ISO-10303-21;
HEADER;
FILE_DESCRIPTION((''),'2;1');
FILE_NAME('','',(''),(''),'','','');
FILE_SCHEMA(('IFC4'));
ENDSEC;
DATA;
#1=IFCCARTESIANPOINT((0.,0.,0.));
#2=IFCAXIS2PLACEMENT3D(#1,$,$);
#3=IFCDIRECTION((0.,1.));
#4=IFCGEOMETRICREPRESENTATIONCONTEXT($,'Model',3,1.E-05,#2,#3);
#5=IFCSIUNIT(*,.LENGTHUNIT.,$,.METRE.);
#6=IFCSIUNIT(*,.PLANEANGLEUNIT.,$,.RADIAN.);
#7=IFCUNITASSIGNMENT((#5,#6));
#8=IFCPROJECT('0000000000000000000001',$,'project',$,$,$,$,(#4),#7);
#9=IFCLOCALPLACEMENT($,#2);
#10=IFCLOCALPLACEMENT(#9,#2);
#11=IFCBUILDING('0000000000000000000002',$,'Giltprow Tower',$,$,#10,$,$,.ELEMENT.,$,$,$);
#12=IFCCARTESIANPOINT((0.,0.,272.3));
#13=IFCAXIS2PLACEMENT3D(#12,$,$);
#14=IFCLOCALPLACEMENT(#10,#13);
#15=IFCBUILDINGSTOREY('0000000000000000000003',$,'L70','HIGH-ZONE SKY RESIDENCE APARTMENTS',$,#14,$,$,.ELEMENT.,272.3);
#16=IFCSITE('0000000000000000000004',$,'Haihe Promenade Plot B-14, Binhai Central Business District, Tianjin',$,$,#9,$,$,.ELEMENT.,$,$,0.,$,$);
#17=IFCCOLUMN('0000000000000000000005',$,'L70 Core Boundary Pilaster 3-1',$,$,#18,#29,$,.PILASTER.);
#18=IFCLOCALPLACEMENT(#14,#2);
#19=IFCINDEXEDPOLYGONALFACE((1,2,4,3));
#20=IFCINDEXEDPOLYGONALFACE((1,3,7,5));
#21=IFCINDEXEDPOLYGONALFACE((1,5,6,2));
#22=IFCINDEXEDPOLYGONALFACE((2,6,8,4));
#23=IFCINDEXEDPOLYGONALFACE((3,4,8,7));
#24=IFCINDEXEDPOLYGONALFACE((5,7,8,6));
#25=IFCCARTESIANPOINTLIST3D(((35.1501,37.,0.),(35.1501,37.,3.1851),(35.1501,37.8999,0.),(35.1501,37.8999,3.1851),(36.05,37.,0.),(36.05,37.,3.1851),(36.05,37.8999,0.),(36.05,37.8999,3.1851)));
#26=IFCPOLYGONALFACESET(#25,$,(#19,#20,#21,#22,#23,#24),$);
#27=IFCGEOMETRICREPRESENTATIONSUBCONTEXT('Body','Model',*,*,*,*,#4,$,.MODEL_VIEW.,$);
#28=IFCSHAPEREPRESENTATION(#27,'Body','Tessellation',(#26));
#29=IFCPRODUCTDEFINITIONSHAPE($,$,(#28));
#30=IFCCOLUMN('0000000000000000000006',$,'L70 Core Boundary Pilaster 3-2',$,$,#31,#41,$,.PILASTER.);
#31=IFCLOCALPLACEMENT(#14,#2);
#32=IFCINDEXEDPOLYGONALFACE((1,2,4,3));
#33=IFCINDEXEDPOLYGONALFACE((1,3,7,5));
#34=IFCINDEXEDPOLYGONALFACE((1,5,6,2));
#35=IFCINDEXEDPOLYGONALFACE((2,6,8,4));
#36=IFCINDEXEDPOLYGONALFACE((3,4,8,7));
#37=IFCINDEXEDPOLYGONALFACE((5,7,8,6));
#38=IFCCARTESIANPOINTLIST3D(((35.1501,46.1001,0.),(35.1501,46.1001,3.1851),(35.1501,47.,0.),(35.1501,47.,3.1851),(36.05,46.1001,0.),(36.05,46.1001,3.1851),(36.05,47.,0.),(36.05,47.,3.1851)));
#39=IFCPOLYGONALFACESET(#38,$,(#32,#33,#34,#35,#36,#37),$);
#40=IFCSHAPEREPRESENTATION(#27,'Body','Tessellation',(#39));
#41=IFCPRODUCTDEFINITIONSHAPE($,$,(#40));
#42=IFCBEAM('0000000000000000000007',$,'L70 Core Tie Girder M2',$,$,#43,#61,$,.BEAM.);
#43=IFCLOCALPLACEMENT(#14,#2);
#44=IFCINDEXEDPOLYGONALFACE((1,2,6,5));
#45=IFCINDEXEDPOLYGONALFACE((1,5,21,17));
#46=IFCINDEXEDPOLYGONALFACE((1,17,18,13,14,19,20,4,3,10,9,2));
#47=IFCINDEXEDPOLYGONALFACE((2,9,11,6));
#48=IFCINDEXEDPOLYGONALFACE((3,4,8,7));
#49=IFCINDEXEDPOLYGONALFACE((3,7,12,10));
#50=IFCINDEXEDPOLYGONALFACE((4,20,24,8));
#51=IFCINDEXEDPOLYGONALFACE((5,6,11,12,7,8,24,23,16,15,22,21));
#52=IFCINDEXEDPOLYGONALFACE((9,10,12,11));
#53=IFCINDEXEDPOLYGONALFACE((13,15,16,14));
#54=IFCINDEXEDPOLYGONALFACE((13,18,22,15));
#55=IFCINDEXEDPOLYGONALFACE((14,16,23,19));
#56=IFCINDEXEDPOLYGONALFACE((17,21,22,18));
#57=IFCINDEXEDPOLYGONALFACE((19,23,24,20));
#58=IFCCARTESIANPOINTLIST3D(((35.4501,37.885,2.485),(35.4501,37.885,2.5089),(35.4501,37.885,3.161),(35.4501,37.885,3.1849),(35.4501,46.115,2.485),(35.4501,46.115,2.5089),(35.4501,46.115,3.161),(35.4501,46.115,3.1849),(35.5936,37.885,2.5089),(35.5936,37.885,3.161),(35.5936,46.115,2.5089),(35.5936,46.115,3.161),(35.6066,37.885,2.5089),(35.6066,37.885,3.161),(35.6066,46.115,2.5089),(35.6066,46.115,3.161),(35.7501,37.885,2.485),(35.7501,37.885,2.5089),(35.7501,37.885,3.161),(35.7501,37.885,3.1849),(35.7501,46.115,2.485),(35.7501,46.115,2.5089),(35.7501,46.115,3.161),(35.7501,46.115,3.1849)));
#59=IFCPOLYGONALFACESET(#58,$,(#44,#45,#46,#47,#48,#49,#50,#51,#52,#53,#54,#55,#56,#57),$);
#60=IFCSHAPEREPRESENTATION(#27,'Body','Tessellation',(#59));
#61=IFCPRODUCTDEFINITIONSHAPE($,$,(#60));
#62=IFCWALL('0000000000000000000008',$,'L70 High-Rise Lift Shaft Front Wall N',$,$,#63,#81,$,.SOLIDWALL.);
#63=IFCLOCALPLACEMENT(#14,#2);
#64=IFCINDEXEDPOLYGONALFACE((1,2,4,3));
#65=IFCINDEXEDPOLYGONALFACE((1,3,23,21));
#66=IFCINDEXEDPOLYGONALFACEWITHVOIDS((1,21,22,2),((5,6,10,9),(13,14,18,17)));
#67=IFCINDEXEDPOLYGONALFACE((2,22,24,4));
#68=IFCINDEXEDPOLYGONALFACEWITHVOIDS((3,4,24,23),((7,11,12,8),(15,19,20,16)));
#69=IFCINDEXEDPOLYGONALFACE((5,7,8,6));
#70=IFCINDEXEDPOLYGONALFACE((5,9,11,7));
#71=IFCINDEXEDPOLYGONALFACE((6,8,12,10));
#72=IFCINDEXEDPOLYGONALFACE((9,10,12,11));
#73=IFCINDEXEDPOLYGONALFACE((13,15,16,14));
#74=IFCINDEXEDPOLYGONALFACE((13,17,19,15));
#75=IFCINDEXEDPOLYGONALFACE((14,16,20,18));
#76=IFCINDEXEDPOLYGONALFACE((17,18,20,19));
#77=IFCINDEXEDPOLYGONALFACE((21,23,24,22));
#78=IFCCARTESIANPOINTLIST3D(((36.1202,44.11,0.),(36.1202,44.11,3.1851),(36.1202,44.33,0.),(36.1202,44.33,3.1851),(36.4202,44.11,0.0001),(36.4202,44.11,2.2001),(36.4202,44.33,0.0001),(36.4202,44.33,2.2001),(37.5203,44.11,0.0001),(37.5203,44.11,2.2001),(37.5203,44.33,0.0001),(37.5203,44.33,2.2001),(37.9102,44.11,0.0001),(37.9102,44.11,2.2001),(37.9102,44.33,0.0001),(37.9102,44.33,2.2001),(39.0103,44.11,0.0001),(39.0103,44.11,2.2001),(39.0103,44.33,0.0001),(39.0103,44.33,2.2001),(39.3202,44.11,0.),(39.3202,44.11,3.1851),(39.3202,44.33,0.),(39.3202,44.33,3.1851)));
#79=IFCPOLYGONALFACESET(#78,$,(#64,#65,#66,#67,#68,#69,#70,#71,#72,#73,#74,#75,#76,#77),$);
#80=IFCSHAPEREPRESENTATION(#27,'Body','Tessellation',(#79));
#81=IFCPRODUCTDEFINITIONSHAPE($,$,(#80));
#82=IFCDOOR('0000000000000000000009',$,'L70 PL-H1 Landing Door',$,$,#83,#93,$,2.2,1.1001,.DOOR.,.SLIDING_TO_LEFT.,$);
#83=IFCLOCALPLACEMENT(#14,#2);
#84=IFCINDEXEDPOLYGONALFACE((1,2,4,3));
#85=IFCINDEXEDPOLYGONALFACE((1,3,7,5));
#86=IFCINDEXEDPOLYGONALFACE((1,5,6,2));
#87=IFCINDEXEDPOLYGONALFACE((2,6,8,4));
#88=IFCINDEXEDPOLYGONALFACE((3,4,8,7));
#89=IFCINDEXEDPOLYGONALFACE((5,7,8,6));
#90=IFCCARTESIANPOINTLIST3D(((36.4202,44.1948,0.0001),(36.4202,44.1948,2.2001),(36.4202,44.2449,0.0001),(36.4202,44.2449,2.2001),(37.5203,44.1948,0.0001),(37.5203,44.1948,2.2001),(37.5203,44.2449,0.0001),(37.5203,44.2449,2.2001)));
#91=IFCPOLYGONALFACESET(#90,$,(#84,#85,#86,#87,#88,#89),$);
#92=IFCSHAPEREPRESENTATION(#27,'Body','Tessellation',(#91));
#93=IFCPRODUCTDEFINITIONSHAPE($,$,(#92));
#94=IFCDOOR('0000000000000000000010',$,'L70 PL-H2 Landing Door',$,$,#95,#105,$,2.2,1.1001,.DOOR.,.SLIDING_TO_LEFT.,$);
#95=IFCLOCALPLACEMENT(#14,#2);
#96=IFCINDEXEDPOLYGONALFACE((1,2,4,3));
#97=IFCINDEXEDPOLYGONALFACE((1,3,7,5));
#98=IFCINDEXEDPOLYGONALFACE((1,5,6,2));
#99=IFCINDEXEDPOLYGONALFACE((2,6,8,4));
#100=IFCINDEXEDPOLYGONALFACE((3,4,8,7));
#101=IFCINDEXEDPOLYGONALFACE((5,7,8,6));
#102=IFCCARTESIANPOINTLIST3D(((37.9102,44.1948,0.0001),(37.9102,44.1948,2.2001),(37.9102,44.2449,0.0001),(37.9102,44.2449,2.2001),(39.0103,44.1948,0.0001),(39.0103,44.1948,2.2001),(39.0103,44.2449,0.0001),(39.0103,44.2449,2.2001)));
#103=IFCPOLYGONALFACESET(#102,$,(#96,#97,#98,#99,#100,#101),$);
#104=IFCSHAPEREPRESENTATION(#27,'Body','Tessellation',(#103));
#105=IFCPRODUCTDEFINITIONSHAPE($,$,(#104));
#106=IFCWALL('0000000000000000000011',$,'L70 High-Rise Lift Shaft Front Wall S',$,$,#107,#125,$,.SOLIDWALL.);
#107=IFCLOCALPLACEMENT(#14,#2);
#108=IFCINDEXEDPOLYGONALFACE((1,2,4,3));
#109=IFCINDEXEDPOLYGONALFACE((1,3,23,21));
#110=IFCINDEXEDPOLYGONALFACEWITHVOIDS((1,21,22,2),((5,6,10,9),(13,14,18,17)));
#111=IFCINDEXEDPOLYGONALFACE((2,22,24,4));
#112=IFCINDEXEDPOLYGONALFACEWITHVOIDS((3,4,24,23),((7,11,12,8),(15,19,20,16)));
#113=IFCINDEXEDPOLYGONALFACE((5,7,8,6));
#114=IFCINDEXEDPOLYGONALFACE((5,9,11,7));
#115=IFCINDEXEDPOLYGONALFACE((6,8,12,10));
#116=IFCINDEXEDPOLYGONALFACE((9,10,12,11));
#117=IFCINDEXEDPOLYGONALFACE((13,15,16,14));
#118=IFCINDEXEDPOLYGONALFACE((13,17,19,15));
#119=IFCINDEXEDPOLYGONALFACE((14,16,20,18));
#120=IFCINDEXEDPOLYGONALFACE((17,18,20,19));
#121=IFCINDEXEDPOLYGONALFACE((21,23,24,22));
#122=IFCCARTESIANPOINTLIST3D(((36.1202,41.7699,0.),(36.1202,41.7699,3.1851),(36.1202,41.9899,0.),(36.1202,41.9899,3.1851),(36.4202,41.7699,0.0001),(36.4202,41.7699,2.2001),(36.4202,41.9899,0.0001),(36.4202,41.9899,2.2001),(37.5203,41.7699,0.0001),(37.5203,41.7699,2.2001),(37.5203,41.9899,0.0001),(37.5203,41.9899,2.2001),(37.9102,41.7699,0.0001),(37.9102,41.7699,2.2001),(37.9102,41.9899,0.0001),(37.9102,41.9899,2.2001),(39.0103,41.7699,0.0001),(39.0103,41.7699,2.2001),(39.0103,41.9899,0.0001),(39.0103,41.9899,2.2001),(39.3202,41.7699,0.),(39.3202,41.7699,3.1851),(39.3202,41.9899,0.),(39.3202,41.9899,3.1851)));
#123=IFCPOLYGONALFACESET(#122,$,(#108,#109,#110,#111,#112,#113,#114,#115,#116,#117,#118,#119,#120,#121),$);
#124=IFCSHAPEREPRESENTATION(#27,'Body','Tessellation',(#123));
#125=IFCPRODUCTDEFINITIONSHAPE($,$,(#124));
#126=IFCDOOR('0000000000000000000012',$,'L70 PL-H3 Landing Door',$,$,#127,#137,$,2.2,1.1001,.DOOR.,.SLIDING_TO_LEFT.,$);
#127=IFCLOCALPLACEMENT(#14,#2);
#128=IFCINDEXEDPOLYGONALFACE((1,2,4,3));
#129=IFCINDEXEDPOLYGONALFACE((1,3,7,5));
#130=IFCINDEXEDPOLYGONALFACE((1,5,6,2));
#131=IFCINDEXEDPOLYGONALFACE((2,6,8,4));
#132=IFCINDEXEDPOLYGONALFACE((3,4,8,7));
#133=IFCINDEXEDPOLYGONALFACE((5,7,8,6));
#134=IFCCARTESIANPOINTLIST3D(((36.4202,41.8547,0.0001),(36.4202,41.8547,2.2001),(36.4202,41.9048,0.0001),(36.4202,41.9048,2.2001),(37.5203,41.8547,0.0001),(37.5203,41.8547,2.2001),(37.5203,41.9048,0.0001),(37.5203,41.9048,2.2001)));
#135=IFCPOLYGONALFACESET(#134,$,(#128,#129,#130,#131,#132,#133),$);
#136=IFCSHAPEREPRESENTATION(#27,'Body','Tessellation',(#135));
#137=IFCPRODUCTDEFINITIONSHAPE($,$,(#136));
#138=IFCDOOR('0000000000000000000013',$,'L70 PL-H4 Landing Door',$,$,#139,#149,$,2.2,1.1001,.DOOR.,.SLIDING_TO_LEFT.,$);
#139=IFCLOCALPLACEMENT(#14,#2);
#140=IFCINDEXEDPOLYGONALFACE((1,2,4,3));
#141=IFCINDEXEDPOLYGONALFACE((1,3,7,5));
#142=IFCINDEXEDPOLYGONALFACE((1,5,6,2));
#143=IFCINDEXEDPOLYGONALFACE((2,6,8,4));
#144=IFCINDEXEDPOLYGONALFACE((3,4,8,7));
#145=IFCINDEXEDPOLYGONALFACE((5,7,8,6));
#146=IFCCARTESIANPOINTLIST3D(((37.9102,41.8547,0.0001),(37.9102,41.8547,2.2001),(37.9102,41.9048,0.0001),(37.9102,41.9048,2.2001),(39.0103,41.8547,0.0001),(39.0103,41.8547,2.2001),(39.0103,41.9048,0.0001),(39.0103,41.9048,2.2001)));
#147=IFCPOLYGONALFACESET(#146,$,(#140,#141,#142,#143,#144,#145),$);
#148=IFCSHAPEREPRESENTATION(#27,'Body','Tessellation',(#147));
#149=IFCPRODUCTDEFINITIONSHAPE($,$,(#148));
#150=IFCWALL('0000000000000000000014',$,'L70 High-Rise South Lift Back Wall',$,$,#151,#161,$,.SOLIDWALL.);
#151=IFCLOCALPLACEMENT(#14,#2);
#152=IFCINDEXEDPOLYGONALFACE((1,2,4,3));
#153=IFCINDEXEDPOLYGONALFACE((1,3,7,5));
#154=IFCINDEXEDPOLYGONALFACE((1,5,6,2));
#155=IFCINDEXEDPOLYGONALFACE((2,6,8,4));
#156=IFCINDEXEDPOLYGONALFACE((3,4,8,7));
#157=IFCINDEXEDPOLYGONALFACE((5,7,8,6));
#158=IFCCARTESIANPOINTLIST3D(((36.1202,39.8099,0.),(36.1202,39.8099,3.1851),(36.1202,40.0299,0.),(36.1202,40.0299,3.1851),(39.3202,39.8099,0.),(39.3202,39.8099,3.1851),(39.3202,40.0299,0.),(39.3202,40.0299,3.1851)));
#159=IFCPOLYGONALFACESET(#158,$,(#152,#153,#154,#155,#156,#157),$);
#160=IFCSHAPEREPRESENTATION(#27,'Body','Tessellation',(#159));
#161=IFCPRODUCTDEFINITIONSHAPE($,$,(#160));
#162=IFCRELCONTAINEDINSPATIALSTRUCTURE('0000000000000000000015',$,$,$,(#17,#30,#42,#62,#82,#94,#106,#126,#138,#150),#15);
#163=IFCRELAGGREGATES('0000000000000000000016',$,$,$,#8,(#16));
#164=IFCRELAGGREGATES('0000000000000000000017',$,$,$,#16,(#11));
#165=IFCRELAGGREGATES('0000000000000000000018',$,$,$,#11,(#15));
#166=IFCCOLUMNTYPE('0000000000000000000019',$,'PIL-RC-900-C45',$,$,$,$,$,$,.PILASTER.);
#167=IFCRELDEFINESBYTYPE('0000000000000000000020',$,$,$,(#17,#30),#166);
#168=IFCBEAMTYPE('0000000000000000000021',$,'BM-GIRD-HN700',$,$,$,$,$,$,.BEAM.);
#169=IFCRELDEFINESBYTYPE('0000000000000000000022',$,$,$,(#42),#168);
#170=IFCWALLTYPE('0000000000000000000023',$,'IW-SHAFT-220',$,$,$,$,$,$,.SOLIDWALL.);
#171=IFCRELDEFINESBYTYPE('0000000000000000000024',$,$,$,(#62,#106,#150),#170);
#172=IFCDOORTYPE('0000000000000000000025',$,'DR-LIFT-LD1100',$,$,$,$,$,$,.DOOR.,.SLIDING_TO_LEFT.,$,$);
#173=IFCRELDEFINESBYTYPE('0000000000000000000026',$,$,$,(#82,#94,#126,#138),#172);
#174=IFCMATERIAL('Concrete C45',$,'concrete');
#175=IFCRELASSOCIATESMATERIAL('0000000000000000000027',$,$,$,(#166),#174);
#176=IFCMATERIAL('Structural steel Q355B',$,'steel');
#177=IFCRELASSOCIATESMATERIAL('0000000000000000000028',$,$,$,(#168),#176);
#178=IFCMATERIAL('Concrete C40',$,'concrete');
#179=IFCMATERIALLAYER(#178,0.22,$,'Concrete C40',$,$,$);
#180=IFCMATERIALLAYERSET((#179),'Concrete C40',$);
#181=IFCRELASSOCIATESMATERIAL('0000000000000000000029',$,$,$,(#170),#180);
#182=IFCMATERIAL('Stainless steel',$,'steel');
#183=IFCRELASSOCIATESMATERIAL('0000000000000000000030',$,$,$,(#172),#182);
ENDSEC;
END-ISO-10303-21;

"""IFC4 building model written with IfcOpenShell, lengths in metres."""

from ifc_helpers import new_model, si_unit, direction, frame, frame_2d, origin, origin_2d, place, context, subcontext, project, spatial, rectangle, i_section, extrude, source, transform, mapped, material, layer, layer_set, material_profile, profile_set, type_object, element, fill, save


model = new_model("IFC4")

# Units and contexts
model_context = context("Model", 3, precision=1e-05, world=origin(), true_north=direction((0.0, 1.0)))
body_context = subcontext(model_context, "Body", "Model", "MODEL_VIEW")
ifc_project = project(units=[si_unit("LENGTHUNIT", "METRE"), si_unit("PLANEANGLEUNIT", "RADIAN")], contexts=[model_context])

# Site, building, storey
site_placement = place(None, origin())
site = spatial("IfcSite", under=ifc_project, at=site_placement, Name="Haihe Promenade Plot B-14, Binhai Central Business District, Tianjin", CompositionType="ELEMENT", RefElevation=0.0)
building_placement = place(site_placement, origin())
building = spatial("IfcBuilding", under=site, at=building_placement, Name="Giltprow Tower", CompositionType="ELEMENT")
storey_placement = place(building_placement, frame((0.0, 0.0, 272.3)))
storey = spatial("IfcBuildingStorey", under=building, at=storey_placement, Name="L70", Description="HIGH-ZONE SKY RESIDENCE APARTMENTS", CompositionType="ELEMENT", Elevation=272.3)

# Columns
ifc_material_1 = material(Name="Concrete C45", Category="concrete")
ifc_material_profile_1 = material_profile(ifc_material_1, rectangle(XDim=0.8999, YDim=0.8999, at=origin_2d()), Name="RC 900x900")
ifc_profile_set_1 = profile_set([ifc_material_profile_1], Name="Concrete C45")
column_type = type_object("IfcColumnType", Name="PIL-RC-900-C45", PredefinedType="PILASTER", material=ifc_profile_set_1)
shared_shape_1 = source(origin(), body_context, "Body", "SweptSolid", [
    extrude(rectangle(XDim=0.8999, YDim=0.8999, at=origin_2d()), origin(), (0.0, 0.0, 1.0), 3.1851),
])
for number, where, z_axis, x_axis, name in (
    (1, (35.6001, 37.45, 0.0), (0.0, 0.0, 1.0), (1.0, 0.0, 0.0), "L70 Core Boundary Pilaster 3-1"),
    (2, (35.6001, 46.55, 0.0), (0.0, 0.0, 1.0), (1.0, 0.0, 0.0), "L70 Core Boundary Pilaster 3-2"),
):
    element("IfcColumn", number, at=place(storey_placement, frame(where, z_axis=z_axis, x_axis=x_axis)), inside=storey, type_object=column_type, Name=name, PredefinedType="PILASTER", context=body_context, shape_type="MappedRepresentation", body=[
        mapped(shared_shape_1, transform((0.0, 0.0, 0.0), x_axis=(1.0, 0.0, 0.0), y_axis=(0.0, 1.0, 0.0), z_axis=(0.0, 0.0, 1.0), scale=1.0)),
    ])

# Beam
ifc_material_2 = material(Name="Structural steel Q355B", Category="steel")
ifc_material_profile_2 = material_profile(ifc_material_2, i_section(OverallWidth=0.3, OverallDepth=0.7, WebThickness=0.0129, FlangeThickness=0.0239, at=origin_2d()), Name="HN 700x300x13x24")
ifc_profile_set_2 = profile_set([ifc_material_profile_2], Name="Structural steel Q355B")
beam_type = type_object("IfcBeamType", Name="BM-GIRD-HN700", PredefinedType="BEAM", material=ifc_profile_set_2)
shared_shape_2 = source(origin(), body_context, "Body", "SweptSolid", [
    extrude(i_section(OverallWidth=0.3, OverallDepth=0.7, WebThickness=0.0129, FlangeThickness=0.0239, at=origin_2d()), origin(), (0.0, 0.0, 1.0), 8.23),
])
beam_placement = place(storey_placement, frame((35.6001, 37.885, 2.835), z_axis=(0.0, 1.0, 0.0), x_axis=(-1.0, 0.0, 0.0)))
element("IfcBeam", 3, at=beam_placement, inside=storey, type_object=beam_type, Name="L70 Core Tie Girder M2", PredefinedType="BEAM", context=body_context, shape_type="MappedRepresentation", body=[
    mapped(shared_shape_2, transform((0.0, 0.0, 0.0), x_axis=(1.0, 0.0, 0.0), y_axis=(0.0, 1.0, 0.0), z_axis=(0.0, 0.0, 1.0), scale=1.0)),
])

# Walls, openings, doors
ifc_material_3 = material(Name="Concrete C40", Category="concrete")
ifc_layer_1 = layer(ifc_material_3, 0.22, Name="Concrete C40")
ifc_layer_set_1 = layer_set([ifc_layer_1], Name="Concrete C40")
wall_type_1 = type_object("IfcWallType", Name="IW-SHAFT-220", PredefinedType="SOLIDWALL", material=ifc_layer_set_1)
wall_1_placement = place(storey_placement, frame((36.1201, 44.22, 0.0), z_axis=(0.0, 0.0, 1.0), x_axis=(1.0, 0.0, 0.0)))
wall_1 = element("IfcWall", 4, at=wall_1_placement, inside=storey, type_object=wall_type_1, Name="L70 High-Rise Lift Shaft Front Wall N", PredefinedType="SOLIDWALL", context=body_context, shape_type="SweptSolid", body=[
    extrude(rectangle(XDim=3.2, YDim=0.22, at=frame_2d((1.6001, 0.0))), origin(), (0.0, 0.0, 1.0), 3.1851),
])
opening_1_placement = place(wall_1_placement, frame((0.3, 0.0, 0.0)))
opening_1 = element("IfcOpeningElement", 5, at=opening_1_placement, cuts=wall_1, PredefinedType="OPENING", context=body_context, shape_type="SweptSolid", body=[
    extrude(rectangle(XDim=1.1001, YDim=2.2, at=frame_2d((0.55, 1.1001))), frame((0.0, 0.1199, 0.0), z_axis=(0.0, -1.0, 0.0), x_axis=(1.0, 0.0, 0.0)), (0.0, 0.0, 1.0), 0.24),
])
opening_2_placement = place(wall_1_placement, frame((1.79, 0.0, 0.0)))
opening_2 = element("IfcOpeningElement", 6, at=opening_2_placement, cuts=wall_1, PredefinedType="OPENING", context=body_context, shape_type="SweptSolid", body=[
    extrude(rectangle(XDim=1.1001, YDim=2.2, at=frame_2d((0.55, 1.1001))), frame((0.0, 0.1199, 0.0), z_axis=(0.0, -1.0, 0.0), x_axis=(1.0, 0.0, 0.0)), (0.0, 0.0, 1.0), 0.24),
])
ifc_material_4 = material(Name="Stainless steel", Category="steel")
door_type_1 = type_object("IfcDoorType", Name="DR-LIFT-LD1100", OperationType="SLIDING_TO_LEFT", PredefinedType="DOOR", material=ifc_material_4)
shared_shape_3 = source(origin(), body_context, "Body", "SweptSolid", [
    extrude(rectangle(XDim=1.1001, YDim=2.2, at=frame_2d((0.55, 1.1001))), frame((0.0, 0.0249, 0.0), z_axis=(0.0, -1.0, 0.0), x_axis=(1.0, 0.0, 0.0)), (0.0, 0.0, 1.0), 0.05),
])
door_1_placement = place(opening_1_placement, origin())
door_1 = element("IfcDoor", 7, at=door_1_placement, inside=storey, type_object=door_type_1, Name="L70 PL-H1 Landing Door", OperationType="SLIDING_TO_LEFT", OverallHeight=2.2, OverallWidth=1.1001, PredefinedType="DOOR", context=body_context, shape_type="MappedRepresentation", body=[
    mapped(shared_shape_3, transform((0.0, 0.0, 0.0), x_axis=(1.0, 0.0, 0.0), y_axis=(0.0, 1.0, 0.0), z_axis=(0.0, 0.0, 1.0), scale=1.0)),
])
fill(opening_1, door_1)
door_2_placement = place(opening_2_placement, origin())
door_2 = element("IfcDoor", 8, at=door_2_placement, inside=storey, type_object=door_type_1, Name="L70 PL-H2 Landing Door", OperationType="SLIDING_TO_LEFT", OverallHeight=2.2, OverallWidth=1.1001, PredefinedType="DOOR", context=body_context, shape_type="MappedRepresentation", body=[
    mapped(shared_shape_3, transform((0.0, 0.0, 0.0), x_axis=(1.0, 0.0, 0.0), y_axis=(0.0, 1.0, 0.0), z_axis=(0.0, 0.0, 1.0), scale=1.0)),
])
fill(opening_2, door_2)
wall_2_placement = place(storey_placement, frame((36.1201, 41.8799, 0.0), z_axis=(0.0, 0.0, 1.0), x_axis=(1.0, 0.0, 0.0)))
wall_2 = element("IfcWall", 9, at=wall_2_placement, inside=storey, type_object=wall_type_1, Name="L70 High-Rise Lift Shaft Front Wall S", PredefinedType="SOLIDWALL", context=body_context, shape_type="SweptSolid", body=[
    extrude(rectangle(XDim=3.2, YDim=0.22, at=frame_2d((1.6001, 0.0))), origin(), (0.0, 0.0, 1.0), 3.1851),
])
opening_3_placement = place(wall_2_placement, frame((0.3, 0.0, 0.0)))
opening_3 = element("IfcOpeningElement", 10, at=opening_3_placement, cuts=wall_2, PredefinedType="OPENING", context=body_context, shape_type="SweptSolid", body=[
    extrude(rectangle(XDim=1.1001, YDim=2.2, at=frame_2d((0.55, 1.1001))), frame((0.0, 0.1199, 0.0), z_axis=(0.0, -1.0, 0.0), x_axis=(1.0, 0.0, 0.0)), (0.0, 0.0, 1.0), 0.24),
])
opening_4_placement = place(wall_2_placement, frame((1.79, 0.0, 0.0)))
opening_4 = element("IfcOpeningElement", 11, at=opening_4_placement, cuts=wall_2, PredefinedType="OPENING", context=body_context, shape_type="SweptSolid", body=[
    extrude(rectangle(XDim=1.1001, YDim=2.2, at=frame_2d((0.55, 1.1001))), frame((0.0, 0.1199, 0.0), z_axis=(0.0, -1.0, 0.0), x_axis=(1.0, 0.0, 0.0)), (0.0, 0.0, 1.0), 0.24),
])
door_3_placement = place(opening_3_placement, origin())
door_3 = element("IfcDoor", 12, at=door_3_placement, inside=storey, type_object=door_type_1, Name="L70 PL-H3 Landing Door", OperationType="SLIDING_TO_LEFT", OverallHeight=2.2, OverallWidth=1.1001, PredefinedType="DOOR", context=body_context, shape_type="MappedRepresentation", body=[
    mapped(shared_shape_3, transform((0.0, 0.0, 0.0), x_axis=(1.0, 0.0, 0.0), y_axis=(0.0, 1.0, 0.0), z_axis=(0.0, 0.0, 1.0), scale=1.0)),
])
fill(opening_3, door_3)
door_4_placement = place(opening_4_placement, origin())
door_4 = element("IfcDoor", 13, at=door_4_placement, inside=storey, type_object=door_type_1, Name="L70 PL-H4 Landing Door", OperationType="SLIDING_TO_LEFT", OverallHeight=2.2, OverallWidth=1.1001, PredefinedType="DOOR", context=body_context, shape_type="MappedRepresentation", body=[
    mapped(shared_shape_3, transform((0.0, 0.0, 0.0), x_axis=(1.0, 0.0, 0.0), y_axis=(0.0, 1.0, 0.0), z_axis=(0.0, 0.0, 1.0), scale=1.0)),
])
fill(opening_4, door_4)

# Wall
wall_3_placement = place(storey_placement, frame((36.1201, 39.9199, 0.0), z_axis=(0.0, 0.0, 1.0), x_axis=(1.0, 0.0, 0.0)))
element("IfcWall", 14, at=wall_3_placement, inside=storey, type_object=wall_type_1, Name="L70 High-Rise South Lift Back Wall", PredefinedType="SOLIDWALL", context=body_context, shape_type="SweptSolid", body=[
    extrude(rectangle(XDim=3.2, YDim=0.22, at=frame_2d((1.6001, 0.0))), origin(), (0.0, 0.0, 1.0), 3.1851),
])

save(model, "model.ifc")
